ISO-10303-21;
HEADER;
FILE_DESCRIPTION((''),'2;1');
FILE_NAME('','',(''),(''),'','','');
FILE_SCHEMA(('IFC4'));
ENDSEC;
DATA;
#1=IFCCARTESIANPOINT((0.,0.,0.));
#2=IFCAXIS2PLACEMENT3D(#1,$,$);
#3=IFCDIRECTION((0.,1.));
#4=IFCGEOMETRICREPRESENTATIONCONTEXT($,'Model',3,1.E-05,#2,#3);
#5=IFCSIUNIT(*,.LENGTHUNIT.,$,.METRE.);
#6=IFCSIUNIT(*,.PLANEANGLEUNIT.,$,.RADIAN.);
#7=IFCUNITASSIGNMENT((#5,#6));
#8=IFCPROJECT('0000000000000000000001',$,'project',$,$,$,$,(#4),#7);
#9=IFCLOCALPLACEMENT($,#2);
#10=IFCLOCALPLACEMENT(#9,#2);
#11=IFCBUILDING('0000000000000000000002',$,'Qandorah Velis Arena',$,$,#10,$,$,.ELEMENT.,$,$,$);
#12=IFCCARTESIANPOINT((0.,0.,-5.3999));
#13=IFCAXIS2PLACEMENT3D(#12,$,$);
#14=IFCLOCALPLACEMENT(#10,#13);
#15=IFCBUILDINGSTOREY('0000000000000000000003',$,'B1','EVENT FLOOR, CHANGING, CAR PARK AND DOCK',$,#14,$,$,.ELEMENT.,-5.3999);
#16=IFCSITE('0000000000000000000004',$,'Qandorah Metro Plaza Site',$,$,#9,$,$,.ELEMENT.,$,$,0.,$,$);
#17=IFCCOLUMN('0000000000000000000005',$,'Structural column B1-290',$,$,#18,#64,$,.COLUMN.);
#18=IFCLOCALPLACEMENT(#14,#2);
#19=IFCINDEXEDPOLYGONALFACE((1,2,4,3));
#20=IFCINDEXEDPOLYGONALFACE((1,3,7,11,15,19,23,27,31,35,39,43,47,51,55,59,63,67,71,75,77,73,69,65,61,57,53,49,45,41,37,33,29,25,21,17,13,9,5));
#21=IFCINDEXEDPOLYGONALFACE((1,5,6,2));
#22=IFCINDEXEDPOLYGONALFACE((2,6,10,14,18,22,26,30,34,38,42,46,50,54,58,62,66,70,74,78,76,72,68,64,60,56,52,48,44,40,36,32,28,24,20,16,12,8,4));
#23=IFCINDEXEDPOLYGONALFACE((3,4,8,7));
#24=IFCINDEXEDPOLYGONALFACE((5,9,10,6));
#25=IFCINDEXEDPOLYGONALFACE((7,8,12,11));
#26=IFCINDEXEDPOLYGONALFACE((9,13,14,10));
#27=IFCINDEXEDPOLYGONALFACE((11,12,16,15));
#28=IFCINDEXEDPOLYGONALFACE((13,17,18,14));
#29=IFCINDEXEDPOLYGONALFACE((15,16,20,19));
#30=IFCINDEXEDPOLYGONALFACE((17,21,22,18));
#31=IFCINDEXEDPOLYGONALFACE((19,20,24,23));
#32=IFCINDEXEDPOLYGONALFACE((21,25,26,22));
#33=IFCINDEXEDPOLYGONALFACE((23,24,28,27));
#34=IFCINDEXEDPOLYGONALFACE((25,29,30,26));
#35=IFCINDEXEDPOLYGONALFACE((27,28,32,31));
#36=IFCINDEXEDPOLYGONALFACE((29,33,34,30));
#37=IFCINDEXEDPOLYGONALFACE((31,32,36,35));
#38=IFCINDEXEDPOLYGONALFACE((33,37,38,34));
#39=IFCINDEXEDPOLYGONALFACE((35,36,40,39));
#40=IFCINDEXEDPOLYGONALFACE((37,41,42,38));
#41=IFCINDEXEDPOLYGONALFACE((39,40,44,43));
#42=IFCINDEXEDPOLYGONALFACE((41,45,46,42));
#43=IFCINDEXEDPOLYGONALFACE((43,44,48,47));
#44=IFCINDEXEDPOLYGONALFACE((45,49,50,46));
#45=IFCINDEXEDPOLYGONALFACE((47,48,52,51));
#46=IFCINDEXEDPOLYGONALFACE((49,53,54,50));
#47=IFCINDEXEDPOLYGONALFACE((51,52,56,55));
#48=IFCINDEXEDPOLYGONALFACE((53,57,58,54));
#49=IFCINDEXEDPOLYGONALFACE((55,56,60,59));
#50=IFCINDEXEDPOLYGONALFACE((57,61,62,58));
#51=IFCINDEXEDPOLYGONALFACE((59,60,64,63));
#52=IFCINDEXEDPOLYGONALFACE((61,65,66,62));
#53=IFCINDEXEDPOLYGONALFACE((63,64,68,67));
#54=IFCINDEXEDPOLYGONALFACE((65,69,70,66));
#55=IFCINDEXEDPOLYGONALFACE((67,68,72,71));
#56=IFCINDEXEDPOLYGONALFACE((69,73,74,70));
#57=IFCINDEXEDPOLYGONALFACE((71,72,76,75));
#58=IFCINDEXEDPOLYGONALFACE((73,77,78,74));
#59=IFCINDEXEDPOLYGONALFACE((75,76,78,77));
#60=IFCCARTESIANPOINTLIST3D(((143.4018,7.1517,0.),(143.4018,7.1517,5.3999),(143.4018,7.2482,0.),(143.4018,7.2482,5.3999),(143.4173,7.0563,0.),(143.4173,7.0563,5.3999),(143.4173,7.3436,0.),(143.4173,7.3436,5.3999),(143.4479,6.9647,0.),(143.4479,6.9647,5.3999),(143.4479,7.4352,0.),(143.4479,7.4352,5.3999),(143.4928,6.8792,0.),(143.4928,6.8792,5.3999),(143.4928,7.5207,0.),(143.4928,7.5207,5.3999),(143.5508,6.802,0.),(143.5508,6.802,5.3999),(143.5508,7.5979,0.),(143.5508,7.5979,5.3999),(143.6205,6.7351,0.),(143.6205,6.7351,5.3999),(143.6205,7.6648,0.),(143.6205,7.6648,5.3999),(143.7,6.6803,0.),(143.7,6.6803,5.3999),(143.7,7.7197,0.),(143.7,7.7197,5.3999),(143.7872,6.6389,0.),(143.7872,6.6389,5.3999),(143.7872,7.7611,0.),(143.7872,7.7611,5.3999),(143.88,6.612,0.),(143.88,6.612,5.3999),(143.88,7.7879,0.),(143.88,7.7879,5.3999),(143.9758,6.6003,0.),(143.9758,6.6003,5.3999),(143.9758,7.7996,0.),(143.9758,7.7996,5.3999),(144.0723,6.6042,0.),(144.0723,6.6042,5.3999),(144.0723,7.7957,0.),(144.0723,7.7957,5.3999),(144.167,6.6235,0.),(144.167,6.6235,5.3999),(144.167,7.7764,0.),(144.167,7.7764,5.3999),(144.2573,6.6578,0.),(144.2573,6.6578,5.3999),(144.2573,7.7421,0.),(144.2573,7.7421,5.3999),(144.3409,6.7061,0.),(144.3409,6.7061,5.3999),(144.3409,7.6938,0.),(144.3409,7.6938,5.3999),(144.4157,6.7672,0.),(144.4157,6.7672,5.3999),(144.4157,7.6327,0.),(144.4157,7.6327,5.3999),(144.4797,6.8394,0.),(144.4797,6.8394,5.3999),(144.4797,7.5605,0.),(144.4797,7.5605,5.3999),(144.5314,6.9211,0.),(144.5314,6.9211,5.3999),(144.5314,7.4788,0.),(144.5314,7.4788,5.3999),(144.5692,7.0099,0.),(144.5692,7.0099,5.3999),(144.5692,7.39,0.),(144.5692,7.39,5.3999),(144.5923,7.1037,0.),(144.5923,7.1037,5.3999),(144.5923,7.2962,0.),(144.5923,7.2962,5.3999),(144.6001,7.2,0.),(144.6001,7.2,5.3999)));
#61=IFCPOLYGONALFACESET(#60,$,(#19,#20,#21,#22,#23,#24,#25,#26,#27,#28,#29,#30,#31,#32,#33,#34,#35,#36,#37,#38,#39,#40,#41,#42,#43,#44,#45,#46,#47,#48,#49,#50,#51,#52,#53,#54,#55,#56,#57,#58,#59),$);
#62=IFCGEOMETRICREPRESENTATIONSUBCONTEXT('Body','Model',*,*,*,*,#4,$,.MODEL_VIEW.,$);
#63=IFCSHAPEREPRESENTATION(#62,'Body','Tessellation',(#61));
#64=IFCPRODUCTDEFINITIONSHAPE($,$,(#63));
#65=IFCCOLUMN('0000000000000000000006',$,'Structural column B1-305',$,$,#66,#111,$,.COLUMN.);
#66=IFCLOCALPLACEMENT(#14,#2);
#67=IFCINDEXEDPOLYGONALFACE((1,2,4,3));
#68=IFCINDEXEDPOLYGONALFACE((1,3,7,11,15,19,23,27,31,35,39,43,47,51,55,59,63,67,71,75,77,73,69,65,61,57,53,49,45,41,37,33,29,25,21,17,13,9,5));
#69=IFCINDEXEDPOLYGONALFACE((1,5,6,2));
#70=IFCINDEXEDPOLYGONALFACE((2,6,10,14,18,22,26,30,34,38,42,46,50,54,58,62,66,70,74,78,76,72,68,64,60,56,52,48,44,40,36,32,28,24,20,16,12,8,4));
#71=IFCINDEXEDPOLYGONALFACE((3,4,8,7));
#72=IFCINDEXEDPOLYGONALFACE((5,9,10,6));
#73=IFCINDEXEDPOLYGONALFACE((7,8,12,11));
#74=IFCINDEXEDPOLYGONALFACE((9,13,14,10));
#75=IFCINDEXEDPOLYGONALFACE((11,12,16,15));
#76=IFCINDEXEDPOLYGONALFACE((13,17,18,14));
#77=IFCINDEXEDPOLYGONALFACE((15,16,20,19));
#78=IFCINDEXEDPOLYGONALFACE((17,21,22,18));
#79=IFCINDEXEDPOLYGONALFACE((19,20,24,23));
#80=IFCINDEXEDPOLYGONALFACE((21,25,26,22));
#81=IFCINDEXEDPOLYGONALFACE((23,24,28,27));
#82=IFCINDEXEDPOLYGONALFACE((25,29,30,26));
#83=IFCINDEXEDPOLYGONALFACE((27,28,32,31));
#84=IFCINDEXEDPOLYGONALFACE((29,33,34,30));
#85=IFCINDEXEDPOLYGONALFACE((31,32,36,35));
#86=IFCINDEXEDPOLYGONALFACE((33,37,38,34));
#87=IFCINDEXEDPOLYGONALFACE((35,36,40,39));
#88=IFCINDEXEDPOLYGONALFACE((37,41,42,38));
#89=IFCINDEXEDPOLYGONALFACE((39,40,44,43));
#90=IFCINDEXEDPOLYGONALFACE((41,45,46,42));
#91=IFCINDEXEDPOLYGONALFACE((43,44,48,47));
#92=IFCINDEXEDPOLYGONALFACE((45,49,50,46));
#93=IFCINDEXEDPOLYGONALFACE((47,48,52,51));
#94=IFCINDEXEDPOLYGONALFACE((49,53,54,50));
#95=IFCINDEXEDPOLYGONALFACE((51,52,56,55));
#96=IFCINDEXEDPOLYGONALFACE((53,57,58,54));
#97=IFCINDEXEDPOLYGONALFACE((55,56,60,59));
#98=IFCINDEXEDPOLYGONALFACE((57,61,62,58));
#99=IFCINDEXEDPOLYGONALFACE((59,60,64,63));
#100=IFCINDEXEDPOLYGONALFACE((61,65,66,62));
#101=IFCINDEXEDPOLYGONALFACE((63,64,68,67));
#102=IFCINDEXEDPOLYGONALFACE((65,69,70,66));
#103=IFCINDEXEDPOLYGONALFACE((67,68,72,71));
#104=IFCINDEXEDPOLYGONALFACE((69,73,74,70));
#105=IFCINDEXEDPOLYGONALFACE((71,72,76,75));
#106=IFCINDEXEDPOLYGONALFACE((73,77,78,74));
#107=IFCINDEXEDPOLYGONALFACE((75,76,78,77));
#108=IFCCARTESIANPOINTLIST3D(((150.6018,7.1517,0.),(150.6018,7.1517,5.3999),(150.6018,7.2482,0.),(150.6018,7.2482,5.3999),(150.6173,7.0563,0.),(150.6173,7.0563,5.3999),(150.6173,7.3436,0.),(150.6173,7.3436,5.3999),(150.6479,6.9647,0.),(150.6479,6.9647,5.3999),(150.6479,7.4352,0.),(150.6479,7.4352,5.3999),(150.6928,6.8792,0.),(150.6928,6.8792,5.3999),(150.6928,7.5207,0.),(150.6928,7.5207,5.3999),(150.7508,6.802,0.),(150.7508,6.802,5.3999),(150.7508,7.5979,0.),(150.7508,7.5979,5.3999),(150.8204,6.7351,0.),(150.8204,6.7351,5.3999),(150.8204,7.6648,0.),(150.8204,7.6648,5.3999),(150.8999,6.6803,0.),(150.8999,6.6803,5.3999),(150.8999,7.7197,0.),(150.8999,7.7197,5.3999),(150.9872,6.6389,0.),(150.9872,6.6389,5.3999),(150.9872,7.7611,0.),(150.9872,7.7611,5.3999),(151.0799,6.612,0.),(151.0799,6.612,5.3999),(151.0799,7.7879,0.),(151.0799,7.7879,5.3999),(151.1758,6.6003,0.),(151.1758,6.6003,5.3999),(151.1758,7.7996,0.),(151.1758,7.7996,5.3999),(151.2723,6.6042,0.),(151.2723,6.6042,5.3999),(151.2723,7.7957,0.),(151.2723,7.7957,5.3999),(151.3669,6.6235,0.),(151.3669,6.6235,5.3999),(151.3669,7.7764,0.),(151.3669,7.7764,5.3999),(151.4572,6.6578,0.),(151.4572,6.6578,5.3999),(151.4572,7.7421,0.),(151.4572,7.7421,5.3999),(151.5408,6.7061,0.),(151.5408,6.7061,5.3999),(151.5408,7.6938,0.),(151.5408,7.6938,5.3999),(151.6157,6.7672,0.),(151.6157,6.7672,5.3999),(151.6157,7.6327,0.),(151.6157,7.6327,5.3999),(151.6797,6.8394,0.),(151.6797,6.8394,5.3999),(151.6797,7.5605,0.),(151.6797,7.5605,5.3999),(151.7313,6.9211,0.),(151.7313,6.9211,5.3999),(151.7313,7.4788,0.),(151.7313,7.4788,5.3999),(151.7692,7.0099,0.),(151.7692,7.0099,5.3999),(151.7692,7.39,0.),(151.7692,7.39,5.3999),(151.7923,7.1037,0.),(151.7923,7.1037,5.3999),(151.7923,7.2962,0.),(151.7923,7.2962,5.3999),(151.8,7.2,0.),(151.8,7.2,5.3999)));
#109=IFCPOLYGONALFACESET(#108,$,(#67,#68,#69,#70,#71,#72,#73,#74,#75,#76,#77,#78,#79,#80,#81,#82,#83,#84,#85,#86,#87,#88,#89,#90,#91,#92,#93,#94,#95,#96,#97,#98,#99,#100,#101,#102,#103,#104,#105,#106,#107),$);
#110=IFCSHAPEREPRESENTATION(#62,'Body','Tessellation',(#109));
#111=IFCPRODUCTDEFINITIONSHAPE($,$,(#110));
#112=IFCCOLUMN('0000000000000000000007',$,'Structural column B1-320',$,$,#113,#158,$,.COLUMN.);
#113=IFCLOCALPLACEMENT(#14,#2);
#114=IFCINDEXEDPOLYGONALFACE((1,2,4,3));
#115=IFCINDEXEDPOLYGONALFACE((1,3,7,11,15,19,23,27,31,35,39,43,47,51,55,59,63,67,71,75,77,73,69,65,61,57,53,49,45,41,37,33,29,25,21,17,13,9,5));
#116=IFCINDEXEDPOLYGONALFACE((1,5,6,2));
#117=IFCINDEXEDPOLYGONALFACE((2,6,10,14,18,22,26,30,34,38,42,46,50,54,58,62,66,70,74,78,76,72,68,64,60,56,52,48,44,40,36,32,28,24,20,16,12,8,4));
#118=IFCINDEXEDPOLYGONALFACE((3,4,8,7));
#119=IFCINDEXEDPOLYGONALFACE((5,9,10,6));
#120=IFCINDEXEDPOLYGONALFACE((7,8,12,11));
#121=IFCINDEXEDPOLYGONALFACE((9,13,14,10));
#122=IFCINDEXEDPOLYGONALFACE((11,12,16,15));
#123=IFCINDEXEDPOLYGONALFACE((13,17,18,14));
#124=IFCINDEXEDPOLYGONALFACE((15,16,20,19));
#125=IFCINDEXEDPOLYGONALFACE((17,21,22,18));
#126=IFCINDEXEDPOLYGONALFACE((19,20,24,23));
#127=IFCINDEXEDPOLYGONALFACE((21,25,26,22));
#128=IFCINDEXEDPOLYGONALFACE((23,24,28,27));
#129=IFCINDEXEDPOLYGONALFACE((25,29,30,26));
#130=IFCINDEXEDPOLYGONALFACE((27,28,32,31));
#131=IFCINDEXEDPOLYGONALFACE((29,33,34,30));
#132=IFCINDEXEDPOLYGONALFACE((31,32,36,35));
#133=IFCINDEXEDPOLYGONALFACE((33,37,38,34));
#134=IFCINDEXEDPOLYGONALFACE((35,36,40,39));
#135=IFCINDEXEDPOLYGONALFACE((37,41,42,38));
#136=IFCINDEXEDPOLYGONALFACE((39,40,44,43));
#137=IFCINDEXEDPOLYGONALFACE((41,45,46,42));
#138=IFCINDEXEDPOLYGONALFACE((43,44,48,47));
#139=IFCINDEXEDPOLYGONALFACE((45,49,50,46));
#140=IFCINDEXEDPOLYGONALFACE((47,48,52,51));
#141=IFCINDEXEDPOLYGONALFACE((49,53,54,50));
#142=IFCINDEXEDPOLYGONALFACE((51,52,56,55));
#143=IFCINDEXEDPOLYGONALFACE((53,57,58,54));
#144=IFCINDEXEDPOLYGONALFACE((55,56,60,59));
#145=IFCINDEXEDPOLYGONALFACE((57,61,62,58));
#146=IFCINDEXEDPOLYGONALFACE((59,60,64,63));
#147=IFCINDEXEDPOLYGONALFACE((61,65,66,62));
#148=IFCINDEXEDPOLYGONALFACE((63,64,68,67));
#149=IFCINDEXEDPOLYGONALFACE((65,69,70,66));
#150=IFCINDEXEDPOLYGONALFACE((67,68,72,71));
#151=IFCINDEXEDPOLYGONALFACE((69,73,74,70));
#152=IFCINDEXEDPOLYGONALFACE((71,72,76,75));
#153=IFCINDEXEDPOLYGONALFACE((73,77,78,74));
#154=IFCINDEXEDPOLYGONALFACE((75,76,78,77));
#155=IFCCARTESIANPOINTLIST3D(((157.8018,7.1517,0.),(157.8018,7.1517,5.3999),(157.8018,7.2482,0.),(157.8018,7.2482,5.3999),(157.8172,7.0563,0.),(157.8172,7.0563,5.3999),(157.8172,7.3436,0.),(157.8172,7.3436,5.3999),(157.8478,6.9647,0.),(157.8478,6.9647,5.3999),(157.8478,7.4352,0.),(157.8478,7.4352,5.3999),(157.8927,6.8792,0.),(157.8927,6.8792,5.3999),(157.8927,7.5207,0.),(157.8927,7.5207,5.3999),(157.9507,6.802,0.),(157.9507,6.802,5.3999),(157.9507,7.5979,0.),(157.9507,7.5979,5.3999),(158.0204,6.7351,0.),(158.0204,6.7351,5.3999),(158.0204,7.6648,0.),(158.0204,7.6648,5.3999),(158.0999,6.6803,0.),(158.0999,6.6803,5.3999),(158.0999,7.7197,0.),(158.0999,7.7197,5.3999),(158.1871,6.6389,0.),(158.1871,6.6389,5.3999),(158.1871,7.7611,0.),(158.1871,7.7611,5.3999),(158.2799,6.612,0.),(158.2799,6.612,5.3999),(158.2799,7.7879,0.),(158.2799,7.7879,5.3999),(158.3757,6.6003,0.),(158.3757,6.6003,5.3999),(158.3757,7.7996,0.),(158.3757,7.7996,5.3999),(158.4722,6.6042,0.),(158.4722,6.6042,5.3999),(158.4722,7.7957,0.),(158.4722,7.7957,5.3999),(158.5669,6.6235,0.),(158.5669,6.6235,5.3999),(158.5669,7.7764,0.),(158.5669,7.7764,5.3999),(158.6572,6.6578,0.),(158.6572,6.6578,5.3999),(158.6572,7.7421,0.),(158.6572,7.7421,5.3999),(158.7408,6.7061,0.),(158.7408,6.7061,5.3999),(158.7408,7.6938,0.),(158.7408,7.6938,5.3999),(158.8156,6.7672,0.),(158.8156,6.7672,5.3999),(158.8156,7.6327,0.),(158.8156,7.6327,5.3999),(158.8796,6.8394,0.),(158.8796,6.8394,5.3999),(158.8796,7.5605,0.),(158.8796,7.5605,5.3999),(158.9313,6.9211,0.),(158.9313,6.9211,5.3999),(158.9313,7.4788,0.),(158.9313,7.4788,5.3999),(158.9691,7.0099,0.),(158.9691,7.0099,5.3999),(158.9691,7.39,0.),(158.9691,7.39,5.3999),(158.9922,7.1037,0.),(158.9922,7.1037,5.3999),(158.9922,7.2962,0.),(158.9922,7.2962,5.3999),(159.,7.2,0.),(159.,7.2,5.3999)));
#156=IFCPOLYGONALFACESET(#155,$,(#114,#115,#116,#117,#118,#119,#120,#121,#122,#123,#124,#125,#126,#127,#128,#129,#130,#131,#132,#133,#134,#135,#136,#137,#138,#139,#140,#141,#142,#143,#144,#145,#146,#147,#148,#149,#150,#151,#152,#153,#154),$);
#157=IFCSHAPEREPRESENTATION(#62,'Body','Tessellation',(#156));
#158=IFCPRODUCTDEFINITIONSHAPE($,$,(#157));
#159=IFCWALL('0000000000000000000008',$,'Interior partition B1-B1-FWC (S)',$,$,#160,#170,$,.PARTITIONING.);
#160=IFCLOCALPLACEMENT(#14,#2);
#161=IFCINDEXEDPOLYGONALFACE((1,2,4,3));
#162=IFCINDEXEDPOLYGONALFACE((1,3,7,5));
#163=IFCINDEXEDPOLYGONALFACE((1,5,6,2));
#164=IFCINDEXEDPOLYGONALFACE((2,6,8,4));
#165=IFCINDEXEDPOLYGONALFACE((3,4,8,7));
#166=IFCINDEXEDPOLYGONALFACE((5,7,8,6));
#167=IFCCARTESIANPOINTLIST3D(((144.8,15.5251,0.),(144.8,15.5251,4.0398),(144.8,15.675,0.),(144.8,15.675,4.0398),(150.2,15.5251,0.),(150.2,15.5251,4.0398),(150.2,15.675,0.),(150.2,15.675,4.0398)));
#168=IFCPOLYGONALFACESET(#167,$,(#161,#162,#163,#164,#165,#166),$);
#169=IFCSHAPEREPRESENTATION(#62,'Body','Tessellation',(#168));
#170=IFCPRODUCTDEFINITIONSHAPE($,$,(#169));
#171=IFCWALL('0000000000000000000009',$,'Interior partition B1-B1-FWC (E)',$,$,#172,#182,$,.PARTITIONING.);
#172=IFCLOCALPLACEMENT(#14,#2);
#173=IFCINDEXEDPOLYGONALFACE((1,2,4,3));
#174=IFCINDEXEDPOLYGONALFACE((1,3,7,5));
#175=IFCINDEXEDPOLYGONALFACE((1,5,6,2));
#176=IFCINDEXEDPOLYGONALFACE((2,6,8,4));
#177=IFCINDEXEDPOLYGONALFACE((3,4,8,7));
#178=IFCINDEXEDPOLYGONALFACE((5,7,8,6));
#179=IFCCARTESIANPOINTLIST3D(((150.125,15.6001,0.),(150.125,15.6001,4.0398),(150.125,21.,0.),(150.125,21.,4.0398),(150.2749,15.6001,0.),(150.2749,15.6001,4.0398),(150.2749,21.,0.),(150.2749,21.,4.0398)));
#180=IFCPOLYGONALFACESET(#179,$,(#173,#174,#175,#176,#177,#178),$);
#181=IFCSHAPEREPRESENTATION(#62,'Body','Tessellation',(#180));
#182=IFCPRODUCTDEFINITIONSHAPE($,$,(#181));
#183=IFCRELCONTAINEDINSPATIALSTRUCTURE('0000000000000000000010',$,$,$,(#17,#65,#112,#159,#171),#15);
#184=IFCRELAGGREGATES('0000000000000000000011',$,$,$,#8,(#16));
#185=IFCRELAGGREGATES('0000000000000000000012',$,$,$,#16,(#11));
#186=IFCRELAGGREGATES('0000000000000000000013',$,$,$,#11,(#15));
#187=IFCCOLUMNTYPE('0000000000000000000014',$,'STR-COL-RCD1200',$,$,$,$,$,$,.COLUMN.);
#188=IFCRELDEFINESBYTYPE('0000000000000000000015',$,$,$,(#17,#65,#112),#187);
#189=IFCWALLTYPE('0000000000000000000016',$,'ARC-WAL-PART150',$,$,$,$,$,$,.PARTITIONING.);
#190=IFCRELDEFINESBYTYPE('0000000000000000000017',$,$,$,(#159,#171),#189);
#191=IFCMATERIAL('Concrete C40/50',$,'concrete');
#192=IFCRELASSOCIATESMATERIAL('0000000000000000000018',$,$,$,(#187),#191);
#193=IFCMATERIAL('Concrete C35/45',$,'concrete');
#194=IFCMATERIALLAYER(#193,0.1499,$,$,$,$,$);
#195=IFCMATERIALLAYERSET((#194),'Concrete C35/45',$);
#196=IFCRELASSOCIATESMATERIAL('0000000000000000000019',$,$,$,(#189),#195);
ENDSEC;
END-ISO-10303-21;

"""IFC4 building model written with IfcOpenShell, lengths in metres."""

from ifc_helpers import new_model, si_unit, direction, frame, frame_2d, origin, origin_2d, place, context, subcontext, project, spatial, rectangle, circle, extrude, material, layer, layer_set, material_profile, profile_set, type_object, element, save


model = new_model("IFC4")

# Units and contexts
model_context = context("Model", 3, precision=1e-05, world=origin(), true_north=direction((0.0, 1.0)))
body_context = subcontext(model_context, "Body", "Model", "MODEL_VIEW")
ifc_project = project(units=[si_unit("LENGTHUNIT", "METRE"), si_unit("PLANEANGLEUNIT", "RADIAN")], contexts=[model_context])

# Site, building, storey
site_placement = place(None, origin())
site = spatial("IfcSite", under=ifc_project, at=site_placement, Name="Qandorah Metro Plaza Site", CompositionType="ELEMENT", RefElevation=0.0)
building_placement = place(site_placement, origin())
building = spatial("IfcBuilding", under=site, at=building_placement, Name="Qandorah Velis Arena", CompositionType="ELEMENT")
storey_placement = place(building_placement, frame((0.0, 0.0, -5.3999)))
storey = spatial("IfcBuildingStorey", under=building, at=storey_placement, Name="B1", Description="EVENT FLOOR, CHANGING, CAR PARK AND DOCK", CompositionType="ELEMENT", Elevation=-5.3999)

# Shared definitions
ifc_material_1 = material(Name="Concrete C40/50", Category="concrete")

# Columns
ifc_material_profile_1 = material_profile(ifc_material_1, circle(Radius=0.6001, at=origin_2d()), Name="RC D1200")
ifc_profile_set_1 = profile_set([ifc_material_profile_1], Name="Concrete C40/50")
column_type_1 = type_object("IfcColumnType", Name="STR-COL-RCD1200", PredefinedType="COLUMN", material=ifc_profile_set_1)
for number, where, z_axis, x_axis, name in (
    (1, (144.0, 7.2, 0.0), (0.0, 0.0, 1.0), (1.0, 0.0, 0.0), "Structural column B1-290"),
    (2, (151.2, 7.2, 0.0), (0.0, 0.0, 1.0), (1.0, 0.0, 0.0), "Structural column B1-305"),
    (3, (158.3999, 7.2, 0.0), (0.0, 0.0, 1.0), (1.0, 0.0, 0.0), "Structural column B1-320"),
):
    element("IfcColumn", number, at=place(storey_placement, frame(where, z_axis=z_axis, x_axis=x_axis)), inside=storey, type_object=column_type_1, Name=name, PredefinedType="COLUMN", context=body_context, shape_type="SweptSolid", body=[
        extrude(circle(Radius=0.6001, at=origin_2d()), origin(), (0.0, 0.0, 1.0), 5.3999),
    ])

# Walls
ifc_material_2 = material(Name="Concrete C35/45", Category="concrete")
ifc_layer_1 = layer(ifc_material_2, 0.1499)
ifc_layer_set_1 = layer_set([ifc_layer_1], Name="Concrete C35/45")
wall_type_1 = type_object("IfcWallType", Name="ARC-WAL-PART150", PredefinedType="PARTITIONING", material=ifc_layer_set_1)
for number, where, z_axis, x_axis, name in (
    (4, (144.8, 15.6001, 0.0), (0.0, 0.0, 1.0), (1.0, 0.0, 0.0), "Interior partition B1-B1-FWC (S)"),
    (5, (150.2, 15.6001, 0.0), (0.0, 0.0, 1.0), (0.0, 1.0, 0.0), "Interior partition B1-B1-FWC (E)"),
):
    element("IfcWall", number, at=place(storey_placement, frame(where, z_axis=z_axis, x_axis=x_axis)), inside=storey, type_object=wall_type_1, Name=name, PredefinedType="PARTITIONING", context=body_context, shape_type="SweptSolid", body=[
        extrude(rectangle(XDim=5.3999, YDim=0.1499, at=frame_2d((2.7, 0.0))), origin(), (0.0, 0.0, 1.0), 4.0398),
    ])

save(model, "model.ifc")
